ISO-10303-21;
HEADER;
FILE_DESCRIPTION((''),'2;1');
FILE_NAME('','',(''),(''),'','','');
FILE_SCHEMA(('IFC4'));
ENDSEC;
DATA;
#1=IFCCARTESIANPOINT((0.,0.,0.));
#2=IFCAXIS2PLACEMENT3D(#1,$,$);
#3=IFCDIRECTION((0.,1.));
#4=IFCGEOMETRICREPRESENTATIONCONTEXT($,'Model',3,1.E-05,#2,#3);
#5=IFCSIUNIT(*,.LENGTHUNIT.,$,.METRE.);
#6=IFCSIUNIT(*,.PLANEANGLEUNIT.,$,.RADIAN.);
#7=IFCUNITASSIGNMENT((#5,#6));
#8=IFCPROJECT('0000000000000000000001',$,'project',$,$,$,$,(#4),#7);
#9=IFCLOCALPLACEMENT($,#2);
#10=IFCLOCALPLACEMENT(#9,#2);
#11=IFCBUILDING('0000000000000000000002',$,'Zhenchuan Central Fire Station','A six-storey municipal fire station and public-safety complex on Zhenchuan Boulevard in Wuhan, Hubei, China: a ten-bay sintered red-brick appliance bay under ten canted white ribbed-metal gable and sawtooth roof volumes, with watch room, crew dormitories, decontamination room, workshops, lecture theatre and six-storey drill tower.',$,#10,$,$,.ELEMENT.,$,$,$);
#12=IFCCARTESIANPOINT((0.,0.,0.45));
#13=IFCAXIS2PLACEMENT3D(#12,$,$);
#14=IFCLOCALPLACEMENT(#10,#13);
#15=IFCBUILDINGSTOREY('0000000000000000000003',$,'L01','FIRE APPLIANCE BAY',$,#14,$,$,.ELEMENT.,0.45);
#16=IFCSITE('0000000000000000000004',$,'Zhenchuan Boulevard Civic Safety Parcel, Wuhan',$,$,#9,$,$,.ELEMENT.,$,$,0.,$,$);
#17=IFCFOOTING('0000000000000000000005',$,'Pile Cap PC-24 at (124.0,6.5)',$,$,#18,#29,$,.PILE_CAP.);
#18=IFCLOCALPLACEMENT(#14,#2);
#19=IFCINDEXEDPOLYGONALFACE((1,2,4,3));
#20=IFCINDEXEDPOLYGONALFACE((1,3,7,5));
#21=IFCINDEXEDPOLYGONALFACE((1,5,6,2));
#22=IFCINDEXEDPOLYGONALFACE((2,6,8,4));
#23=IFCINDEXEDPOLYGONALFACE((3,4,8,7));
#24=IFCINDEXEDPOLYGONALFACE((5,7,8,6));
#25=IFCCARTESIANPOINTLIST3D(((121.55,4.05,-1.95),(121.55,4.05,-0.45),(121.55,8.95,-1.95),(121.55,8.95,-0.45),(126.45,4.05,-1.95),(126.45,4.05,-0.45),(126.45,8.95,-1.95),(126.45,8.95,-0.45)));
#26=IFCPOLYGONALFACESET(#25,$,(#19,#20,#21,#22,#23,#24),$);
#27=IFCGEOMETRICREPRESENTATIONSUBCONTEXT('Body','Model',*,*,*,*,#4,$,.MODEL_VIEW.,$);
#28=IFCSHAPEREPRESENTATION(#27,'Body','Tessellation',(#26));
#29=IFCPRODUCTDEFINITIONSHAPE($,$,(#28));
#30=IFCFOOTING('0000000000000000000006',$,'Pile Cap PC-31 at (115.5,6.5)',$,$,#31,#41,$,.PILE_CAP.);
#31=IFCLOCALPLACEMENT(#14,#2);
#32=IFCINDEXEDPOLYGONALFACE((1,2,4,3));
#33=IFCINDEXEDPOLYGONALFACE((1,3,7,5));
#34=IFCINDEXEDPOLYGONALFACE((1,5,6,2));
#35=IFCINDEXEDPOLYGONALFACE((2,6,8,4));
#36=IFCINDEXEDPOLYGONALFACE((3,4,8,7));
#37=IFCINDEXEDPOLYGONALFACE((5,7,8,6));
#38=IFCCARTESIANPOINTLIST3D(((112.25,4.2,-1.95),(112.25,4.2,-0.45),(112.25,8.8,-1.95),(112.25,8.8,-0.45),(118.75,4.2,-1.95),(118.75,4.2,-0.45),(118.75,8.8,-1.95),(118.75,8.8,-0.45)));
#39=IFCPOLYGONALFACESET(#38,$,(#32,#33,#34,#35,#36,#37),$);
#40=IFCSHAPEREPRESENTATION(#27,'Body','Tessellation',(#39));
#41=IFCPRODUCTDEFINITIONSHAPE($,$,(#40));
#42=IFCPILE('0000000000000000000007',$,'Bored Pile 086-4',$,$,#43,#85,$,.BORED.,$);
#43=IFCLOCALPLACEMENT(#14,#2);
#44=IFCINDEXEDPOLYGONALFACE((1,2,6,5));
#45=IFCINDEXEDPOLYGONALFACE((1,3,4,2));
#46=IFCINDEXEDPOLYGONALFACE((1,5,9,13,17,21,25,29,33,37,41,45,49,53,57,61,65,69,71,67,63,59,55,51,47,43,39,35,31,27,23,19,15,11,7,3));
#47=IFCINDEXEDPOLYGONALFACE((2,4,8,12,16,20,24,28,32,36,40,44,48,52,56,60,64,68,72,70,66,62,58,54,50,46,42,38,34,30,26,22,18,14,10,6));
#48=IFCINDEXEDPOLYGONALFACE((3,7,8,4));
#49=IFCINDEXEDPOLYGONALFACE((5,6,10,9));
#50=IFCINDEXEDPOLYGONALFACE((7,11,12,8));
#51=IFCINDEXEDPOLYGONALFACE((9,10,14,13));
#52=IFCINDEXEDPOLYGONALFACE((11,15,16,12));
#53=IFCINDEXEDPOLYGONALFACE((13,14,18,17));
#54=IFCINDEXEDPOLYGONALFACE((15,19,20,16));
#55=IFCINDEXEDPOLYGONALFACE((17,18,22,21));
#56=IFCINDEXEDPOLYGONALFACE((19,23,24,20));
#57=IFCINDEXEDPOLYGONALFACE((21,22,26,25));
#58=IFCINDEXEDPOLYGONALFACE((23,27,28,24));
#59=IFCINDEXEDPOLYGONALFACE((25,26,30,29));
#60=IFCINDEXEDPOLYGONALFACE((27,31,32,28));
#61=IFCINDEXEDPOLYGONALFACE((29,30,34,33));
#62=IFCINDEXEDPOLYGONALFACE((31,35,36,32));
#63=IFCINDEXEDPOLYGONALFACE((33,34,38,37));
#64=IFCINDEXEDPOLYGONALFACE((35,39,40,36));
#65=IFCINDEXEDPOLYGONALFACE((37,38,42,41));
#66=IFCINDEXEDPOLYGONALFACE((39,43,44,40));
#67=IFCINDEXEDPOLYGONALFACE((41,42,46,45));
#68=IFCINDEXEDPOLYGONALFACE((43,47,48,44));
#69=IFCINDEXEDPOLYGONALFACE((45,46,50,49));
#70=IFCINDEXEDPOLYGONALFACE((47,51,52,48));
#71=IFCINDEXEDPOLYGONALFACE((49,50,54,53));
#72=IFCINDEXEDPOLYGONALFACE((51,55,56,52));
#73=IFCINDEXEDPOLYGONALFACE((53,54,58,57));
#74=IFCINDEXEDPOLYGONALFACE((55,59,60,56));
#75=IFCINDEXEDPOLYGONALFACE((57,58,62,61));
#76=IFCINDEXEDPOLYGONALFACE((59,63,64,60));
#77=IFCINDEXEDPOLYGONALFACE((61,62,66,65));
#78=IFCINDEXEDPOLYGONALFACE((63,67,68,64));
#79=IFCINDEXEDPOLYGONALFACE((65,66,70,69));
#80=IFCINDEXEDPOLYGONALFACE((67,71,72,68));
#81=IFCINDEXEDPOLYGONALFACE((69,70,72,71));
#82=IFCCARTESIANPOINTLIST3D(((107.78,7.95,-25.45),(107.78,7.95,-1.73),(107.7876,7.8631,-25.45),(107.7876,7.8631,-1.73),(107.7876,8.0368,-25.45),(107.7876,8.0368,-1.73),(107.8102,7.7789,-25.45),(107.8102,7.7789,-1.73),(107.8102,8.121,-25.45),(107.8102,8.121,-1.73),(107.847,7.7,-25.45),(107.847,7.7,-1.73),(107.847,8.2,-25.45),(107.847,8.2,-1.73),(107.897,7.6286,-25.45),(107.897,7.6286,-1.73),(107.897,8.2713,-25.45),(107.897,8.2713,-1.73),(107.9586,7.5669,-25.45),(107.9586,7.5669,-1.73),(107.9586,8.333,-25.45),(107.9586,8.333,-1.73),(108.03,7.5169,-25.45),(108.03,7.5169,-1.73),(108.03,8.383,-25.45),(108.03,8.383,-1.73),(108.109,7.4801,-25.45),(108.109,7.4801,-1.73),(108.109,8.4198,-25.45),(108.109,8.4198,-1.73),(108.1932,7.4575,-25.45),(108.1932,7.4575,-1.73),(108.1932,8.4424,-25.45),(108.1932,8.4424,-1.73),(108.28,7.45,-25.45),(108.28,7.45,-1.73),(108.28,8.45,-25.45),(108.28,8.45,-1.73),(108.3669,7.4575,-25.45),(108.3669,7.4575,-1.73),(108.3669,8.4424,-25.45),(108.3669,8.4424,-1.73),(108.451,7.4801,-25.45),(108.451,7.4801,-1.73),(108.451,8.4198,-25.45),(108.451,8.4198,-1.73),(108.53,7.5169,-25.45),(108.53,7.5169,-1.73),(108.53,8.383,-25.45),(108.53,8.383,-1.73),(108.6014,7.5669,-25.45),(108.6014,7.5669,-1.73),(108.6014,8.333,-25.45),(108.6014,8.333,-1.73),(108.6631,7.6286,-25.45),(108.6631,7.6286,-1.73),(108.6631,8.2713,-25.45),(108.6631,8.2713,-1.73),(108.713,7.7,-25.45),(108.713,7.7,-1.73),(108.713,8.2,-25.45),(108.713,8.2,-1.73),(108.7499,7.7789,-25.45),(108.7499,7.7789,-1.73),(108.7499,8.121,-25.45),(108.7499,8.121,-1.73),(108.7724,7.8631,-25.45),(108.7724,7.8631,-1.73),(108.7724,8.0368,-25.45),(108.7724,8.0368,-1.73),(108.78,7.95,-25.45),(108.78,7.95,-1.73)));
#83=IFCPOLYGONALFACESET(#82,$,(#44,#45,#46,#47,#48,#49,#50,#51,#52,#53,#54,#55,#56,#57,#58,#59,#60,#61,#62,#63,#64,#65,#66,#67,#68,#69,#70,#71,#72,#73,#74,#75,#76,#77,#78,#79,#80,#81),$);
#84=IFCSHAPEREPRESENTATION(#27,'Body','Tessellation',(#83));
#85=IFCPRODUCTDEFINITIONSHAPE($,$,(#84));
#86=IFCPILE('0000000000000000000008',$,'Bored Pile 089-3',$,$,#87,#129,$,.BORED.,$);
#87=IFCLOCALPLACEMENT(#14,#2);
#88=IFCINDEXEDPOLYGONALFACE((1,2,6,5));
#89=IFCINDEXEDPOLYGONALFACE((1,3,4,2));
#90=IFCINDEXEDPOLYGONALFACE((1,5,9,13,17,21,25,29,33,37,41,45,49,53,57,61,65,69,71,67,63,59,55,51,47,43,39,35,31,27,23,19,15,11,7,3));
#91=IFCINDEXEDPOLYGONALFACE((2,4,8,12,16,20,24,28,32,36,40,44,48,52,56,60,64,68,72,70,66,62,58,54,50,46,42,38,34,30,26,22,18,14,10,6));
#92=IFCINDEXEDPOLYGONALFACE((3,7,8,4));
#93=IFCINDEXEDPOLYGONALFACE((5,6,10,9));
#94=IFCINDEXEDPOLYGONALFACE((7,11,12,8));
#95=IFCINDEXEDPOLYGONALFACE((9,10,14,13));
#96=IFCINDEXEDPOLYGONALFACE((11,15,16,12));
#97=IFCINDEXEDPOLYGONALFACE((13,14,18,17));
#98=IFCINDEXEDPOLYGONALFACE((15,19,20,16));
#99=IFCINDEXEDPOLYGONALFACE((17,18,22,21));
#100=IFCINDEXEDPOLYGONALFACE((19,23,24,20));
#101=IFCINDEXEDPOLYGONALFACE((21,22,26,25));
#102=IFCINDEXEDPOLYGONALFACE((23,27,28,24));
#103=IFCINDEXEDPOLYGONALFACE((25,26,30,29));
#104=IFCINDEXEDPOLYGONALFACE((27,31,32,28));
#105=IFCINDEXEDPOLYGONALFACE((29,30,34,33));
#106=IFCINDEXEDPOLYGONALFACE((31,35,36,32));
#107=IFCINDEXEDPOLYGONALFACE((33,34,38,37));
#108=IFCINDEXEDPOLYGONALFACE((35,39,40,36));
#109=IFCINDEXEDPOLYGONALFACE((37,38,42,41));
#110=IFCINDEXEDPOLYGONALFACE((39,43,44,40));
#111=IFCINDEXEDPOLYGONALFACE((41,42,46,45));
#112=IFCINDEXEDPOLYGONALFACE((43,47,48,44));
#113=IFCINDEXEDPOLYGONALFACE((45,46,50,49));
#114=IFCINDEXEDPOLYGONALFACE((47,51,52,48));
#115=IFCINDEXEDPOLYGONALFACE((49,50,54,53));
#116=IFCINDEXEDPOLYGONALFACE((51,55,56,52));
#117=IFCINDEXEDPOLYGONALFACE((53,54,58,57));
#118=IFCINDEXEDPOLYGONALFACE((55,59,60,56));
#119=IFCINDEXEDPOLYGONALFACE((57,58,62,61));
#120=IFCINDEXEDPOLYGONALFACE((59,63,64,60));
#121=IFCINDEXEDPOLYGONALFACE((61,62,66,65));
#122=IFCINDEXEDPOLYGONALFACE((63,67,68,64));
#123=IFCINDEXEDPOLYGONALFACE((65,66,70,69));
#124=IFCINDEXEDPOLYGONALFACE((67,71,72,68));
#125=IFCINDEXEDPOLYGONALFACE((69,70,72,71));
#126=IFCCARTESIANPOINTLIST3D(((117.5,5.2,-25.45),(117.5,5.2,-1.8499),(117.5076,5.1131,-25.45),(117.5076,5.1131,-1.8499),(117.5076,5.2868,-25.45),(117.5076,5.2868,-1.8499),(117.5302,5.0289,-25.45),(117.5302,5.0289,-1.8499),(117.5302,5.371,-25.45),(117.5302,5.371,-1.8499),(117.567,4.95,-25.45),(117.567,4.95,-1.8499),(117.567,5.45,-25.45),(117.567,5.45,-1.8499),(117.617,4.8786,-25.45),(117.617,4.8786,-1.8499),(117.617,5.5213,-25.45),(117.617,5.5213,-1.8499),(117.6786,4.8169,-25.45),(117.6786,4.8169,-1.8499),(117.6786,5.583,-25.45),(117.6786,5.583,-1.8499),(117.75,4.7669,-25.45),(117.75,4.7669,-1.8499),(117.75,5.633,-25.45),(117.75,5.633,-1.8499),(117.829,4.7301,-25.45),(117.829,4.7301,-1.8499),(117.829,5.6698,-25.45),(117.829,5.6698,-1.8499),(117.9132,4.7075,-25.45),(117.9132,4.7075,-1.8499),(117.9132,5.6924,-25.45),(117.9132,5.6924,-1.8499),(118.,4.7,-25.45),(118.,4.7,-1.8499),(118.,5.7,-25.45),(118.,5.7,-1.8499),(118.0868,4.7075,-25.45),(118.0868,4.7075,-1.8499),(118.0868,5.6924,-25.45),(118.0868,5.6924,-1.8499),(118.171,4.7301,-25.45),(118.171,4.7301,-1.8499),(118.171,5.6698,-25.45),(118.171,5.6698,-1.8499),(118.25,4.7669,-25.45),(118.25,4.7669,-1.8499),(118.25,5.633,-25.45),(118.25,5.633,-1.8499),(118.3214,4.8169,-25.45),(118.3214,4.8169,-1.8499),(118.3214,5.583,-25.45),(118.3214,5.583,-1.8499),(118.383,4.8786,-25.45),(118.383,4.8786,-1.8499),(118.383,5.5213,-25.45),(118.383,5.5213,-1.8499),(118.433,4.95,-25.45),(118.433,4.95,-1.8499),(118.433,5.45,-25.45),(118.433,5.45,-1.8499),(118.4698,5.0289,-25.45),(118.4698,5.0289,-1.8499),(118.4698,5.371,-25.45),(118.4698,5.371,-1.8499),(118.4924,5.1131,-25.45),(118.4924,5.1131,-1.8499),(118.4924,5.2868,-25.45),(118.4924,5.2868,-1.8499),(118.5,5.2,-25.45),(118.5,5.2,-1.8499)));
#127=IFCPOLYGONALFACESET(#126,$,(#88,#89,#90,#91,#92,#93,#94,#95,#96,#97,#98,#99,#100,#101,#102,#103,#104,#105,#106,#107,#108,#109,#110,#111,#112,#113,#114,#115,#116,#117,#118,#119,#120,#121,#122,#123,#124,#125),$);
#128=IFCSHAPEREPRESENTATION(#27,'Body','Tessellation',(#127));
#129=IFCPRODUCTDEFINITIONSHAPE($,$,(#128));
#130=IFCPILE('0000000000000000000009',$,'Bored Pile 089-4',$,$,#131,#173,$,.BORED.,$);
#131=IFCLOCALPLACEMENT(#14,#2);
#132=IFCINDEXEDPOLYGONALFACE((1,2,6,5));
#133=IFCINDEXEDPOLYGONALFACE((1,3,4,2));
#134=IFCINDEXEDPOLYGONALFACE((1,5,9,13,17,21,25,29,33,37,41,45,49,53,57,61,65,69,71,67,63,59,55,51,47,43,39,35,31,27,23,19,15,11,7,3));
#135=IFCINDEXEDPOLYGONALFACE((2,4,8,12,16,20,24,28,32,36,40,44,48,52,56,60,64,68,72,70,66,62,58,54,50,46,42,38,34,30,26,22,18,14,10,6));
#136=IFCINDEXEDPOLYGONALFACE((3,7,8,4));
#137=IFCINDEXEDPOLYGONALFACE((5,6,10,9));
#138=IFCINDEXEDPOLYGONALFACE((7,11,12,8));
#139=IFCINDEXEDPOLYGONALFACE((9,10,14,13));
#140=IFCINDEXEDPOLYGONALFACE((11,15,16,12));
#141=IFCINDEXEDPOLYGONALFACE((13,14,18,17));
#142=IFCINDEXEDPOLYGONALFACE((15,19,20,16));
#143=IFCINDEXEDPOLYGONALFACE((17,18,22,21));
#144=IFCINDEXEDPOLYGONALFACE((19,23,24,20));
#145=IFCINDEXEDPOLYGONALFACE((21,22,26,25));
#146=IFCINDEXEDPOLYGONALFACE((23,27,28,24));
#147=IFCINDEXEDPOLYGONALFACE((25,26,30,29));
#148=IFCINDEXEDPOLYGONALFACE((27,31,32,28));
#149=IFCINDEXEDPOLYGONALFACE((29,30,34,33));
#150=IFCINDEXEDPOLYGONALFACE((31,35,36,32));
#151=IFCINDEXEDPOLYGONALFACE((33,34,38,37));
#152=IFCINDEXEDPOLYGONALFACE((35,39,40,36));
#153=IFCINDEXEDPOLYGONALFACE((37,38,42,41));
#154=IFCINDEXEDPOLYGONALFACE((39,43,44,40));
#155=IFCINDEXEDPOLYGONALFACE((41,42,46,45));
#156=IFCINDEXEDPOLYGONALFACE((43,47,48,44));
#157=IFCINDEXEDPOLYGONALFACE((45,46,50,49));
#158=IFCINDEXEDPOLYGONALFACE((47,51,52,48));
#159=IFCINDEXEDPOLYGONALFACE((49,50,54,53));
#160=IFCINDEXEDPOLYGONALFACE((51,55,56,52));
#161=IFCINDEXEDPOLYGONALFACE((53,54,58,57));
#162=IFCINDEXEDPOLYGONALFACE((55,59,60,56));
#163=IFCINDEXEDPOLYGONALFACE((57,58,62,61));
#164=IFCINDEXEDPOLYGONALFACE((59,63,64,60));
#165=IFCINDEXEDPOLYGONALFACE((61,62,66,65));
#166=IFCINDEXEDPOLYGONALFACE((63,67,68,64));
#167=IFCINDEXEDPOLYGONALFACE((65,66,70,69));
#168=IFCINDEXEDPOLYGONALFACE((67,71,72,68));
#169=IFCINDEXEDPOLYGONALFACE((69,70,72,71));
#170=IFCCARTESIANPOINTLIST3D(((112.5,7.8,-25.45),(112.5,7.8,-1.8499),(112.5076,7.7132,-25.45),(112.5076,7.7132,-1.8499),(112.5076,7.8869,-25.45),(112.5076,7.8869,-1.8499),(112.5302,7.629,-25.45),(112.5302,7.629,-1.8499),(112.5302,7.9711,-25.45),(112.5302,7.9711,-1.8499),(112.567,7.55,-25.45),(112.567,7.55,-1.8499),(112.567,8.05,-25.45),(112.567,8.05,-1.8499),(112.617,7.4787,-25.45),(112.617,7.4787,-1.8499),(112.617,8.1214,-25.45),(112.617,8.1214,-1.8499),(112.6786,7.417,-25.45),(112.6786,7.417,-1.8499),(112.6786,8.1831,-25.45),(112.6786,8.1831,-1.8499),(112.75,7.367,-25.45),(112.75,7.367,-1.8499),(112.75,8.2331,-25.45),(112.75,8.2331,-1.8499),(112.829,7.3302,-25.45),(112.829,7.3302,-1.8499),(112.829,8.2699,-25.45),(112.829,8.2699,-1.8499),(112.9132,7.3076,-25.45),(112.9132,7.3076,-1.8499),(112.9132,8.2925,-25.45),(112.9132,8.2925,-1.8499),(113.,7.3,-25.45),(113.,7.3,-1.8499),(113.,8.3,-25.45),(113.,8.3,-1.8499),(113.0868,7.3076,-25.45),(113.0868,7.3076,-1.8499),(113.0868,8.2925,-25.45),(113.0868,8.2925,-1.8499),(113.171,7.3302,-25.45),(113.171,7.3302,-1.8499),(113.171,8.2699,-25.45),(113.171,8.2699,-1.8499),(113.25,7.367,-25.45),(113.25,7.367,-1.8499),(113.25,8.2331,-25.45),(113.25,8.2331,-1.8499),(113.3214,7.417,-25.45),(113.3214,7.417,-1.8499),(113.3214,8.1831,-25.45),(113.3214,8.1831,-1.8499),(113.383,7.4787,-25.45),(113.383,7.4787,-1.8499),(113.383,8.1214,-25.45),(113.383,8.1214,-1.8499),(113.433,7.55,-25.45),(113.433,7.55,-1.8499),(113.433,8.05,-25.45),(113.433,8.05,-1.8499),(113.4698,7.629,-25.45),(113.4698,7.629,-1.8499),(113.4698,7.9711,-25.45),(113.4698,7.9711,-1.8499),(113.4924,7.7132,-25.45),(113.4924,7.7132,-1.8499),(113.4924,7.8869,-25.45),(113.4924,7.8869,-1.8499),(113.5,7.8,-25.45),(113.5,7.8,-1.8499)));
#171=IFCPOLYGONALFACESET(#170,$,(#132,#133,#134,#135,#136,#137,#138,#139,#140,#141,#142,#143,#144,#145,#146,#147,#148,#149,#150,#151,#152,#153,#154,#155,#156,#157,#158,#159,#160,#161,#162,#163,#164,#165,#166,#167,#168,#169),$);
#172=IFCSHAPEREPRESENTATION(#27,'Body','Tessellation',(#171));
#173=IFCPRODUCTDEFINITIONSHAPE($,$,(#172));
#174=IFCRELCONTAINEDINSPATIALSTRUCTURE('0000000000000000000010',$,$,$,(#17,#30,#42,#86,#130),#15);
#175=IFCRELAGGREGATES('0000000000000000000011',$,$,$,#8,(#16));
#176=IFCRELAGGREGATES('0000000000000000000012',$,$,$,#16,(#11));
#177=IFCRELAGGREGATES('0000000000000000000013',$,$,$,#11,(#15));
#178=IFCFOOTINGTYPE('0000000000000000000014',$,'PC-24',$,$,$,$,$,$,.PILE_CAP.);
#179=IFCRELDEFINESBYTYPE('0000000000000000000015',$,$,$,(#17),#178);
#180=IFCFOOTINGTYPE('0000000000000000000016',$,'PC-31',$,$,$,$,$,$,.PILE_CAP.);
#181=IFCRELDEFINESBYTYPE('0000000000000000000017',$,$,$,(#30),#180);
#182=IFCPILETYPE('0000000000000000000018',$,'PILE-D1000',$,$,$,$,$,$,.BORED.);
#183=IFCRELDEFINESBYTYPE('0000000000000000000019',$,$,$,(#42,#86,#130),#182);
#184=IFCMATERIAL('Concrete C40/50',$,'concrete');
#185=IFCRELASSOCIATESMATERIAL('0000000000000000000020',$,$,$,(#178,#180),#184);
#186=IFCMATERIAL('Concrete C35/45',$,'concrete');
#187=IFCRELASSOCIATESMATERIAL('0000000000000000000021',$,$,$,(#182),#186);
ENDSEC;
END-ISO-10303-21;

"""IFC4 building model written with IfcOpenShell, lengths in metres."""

from ifc_helpers import new_model, si_unit, direction, frame, origin, origin_2d, place, context, subcontext, project, spatial, rectangle, circle, extrude, material, material_profile, profile_set, type_object, element, save


model = new_model("IFC4")

# Units and contexts
model_context = context("Model", 3, precision=1e-05, world=origin(), true_north=direction((0.0, 1.0)))
body_context = subcontext(model_context, "Body", "Model", "MODEL_VIEW")
ifc_project = project(units=[si_unit("LENGTHUNIT", "METRE"), si_unit("PLANEANGLEUNIT", "RADIAN")], contexts=[model_context])

# Site, building, storey
site_placement = place(None, origin())
site = spatial("IfcSite", under=ifc_project, at=site_placement, Name="Zhenchuan Boulevard Civic Safety Parcel, Wuhan", CompositionType="ELEMENT", RefElevation=0.0)
building_placement = place(site_placement, origin())
building = spatial("IfcBuilding", under=site, at=building_placement, Name="Zhenchuan Central Fire Station", Description="A six-storey municipal fire station and public-safety complex on Zhenchuan Boulevard in Wuhan, Hubei, China: a ten-bay sintered red-brick appliance bay under ten canted white ribbed-metal gable and sawtooth roof volumes, with watch room, crew dormitories, decontamination room, workshops, lecture theatre and six-storey drill tower.", CompositionType="ELEMENT")
storey_placement = place(building_placement, frame((0.0, 0.0, 0.45)))
storey = spatial("IfcBuildingStorey", under=building, at=storey_placement, Name="L01", Description="FIRE APPLIANCE BAY", CompositionType="ELEMENT", Elevation=0.45)

# Footings
ifc_material_1 = material(Name="Concrete C40/50", Category="concrete")
footing_type_1 = type_object("IfcFootingType", Name="PC-24", PredefinedType="PILE_CAP", material=ifc_material_1)
footing_1_placement = place(storey_placement, frame((124.0, 6.5, -1.95), z_axis=(0.0, 0.0, 1.0), x_axis=(1.0, 0.0, 0.0)))
element("IfcFooting", 1, at=footing_1_placement, inside=storey, type_object=footing_type_1, Name="Pile Cap PC-24 at (124.0,6.5)", PredefinedType="PILE_CAP", context=body_context, shape_type="SweptSolid", body=[
    extrude(rectangle(XDim=4.8999, YDim=4.8999, at=origin_2d()), origin(), (0.0, 0.0, 1.0), 1.5),
])
footing_type_2 = type_object("IfcFootingType", Name="PC-31", PredefinedType="PILE_CAP", material=ifc_material_1)
footing_2_placement = place(storey_placement, frame((115.5, 6.5, -1.95), z_axis=(0.0, 0.0, 1.0), x_axis=(1.0, 0.0, 0.0)))
element("IfcFooting", 2, at=footing_2_placement, inside=storey, type_object=footing_type_2, Name="Pile Cap PC-31 at (115.5,6.5)", PredefinedType="PILE_CAP", context=body_context, shape_type="SweptSolid", body=[
    extrude(rectangle(XDim=6.5, YDim=4.6001, at=origin_2d()), origin(), (0.0, 0.0, 1.0), 1.5),
])

# Piles
ifc_material_2 = material(Name="Concrete C35/45", Category="concrete")
ifc_material_profile_1 = material_profile(ifc_material_2, circle(Radius=0.5, at=origin_2d()), Name="PILE D1000")
ifc_profile_set_1 = profile_set([ifc_material_profile_1], Name="Concrete C35/45")
pile_type_1 = type_object("IfcPileType", Name="PILE-D1000", PredefinedType="BORED", material=ifc_profile_set_1)
pile_1_placement = place(storey_placement, frame((108.28, 7.95, -1.73), z_axis=(0.0, 0.0, -1.0), x_axis=(1.0, 0.0, 0.0)))
element("IfcPile", 3, at=pile_1_placement, inside=storey, type_object=pile_type_1, Name="Bored Pile 086-4", PredefinedType="BORED", context=body_context, shape_type="SweptSolid", body=[
    extrude(circle(Radius=0.5, at=origin_2d()), origin(), (0.0, 0.0, 1.0), 23.72),
])
for number, where, z_axis, x_axis, name in (
    (4, (118.0, 5.2, -1.8499), (0.0, 0.0, -1.0), (1.0, 0.0, 0.0), "Bored Pile 089-3"),
    (5, (113.0, 7.8, -1.8499), (0.0, 0.0, -1.0), (1.0, 0.0, 0.0), "Bored Pile 089-4"),
):
    element("IfcPile", number, at=place(storey_placement, frame(where, z_axis=z_axis, x_axis=x_axis)), inside=storey, type_object=pile_type_1, Name=name, PredefinedType="BORED", context=body_context, shape_type="SweptSolid", body=[
        extrude(circle(Radius=0.5, at=origin_2d()), origin(), (0.0, 0.0, 1.0), 23.6001),
    ])

save(model, "model.ifc")
